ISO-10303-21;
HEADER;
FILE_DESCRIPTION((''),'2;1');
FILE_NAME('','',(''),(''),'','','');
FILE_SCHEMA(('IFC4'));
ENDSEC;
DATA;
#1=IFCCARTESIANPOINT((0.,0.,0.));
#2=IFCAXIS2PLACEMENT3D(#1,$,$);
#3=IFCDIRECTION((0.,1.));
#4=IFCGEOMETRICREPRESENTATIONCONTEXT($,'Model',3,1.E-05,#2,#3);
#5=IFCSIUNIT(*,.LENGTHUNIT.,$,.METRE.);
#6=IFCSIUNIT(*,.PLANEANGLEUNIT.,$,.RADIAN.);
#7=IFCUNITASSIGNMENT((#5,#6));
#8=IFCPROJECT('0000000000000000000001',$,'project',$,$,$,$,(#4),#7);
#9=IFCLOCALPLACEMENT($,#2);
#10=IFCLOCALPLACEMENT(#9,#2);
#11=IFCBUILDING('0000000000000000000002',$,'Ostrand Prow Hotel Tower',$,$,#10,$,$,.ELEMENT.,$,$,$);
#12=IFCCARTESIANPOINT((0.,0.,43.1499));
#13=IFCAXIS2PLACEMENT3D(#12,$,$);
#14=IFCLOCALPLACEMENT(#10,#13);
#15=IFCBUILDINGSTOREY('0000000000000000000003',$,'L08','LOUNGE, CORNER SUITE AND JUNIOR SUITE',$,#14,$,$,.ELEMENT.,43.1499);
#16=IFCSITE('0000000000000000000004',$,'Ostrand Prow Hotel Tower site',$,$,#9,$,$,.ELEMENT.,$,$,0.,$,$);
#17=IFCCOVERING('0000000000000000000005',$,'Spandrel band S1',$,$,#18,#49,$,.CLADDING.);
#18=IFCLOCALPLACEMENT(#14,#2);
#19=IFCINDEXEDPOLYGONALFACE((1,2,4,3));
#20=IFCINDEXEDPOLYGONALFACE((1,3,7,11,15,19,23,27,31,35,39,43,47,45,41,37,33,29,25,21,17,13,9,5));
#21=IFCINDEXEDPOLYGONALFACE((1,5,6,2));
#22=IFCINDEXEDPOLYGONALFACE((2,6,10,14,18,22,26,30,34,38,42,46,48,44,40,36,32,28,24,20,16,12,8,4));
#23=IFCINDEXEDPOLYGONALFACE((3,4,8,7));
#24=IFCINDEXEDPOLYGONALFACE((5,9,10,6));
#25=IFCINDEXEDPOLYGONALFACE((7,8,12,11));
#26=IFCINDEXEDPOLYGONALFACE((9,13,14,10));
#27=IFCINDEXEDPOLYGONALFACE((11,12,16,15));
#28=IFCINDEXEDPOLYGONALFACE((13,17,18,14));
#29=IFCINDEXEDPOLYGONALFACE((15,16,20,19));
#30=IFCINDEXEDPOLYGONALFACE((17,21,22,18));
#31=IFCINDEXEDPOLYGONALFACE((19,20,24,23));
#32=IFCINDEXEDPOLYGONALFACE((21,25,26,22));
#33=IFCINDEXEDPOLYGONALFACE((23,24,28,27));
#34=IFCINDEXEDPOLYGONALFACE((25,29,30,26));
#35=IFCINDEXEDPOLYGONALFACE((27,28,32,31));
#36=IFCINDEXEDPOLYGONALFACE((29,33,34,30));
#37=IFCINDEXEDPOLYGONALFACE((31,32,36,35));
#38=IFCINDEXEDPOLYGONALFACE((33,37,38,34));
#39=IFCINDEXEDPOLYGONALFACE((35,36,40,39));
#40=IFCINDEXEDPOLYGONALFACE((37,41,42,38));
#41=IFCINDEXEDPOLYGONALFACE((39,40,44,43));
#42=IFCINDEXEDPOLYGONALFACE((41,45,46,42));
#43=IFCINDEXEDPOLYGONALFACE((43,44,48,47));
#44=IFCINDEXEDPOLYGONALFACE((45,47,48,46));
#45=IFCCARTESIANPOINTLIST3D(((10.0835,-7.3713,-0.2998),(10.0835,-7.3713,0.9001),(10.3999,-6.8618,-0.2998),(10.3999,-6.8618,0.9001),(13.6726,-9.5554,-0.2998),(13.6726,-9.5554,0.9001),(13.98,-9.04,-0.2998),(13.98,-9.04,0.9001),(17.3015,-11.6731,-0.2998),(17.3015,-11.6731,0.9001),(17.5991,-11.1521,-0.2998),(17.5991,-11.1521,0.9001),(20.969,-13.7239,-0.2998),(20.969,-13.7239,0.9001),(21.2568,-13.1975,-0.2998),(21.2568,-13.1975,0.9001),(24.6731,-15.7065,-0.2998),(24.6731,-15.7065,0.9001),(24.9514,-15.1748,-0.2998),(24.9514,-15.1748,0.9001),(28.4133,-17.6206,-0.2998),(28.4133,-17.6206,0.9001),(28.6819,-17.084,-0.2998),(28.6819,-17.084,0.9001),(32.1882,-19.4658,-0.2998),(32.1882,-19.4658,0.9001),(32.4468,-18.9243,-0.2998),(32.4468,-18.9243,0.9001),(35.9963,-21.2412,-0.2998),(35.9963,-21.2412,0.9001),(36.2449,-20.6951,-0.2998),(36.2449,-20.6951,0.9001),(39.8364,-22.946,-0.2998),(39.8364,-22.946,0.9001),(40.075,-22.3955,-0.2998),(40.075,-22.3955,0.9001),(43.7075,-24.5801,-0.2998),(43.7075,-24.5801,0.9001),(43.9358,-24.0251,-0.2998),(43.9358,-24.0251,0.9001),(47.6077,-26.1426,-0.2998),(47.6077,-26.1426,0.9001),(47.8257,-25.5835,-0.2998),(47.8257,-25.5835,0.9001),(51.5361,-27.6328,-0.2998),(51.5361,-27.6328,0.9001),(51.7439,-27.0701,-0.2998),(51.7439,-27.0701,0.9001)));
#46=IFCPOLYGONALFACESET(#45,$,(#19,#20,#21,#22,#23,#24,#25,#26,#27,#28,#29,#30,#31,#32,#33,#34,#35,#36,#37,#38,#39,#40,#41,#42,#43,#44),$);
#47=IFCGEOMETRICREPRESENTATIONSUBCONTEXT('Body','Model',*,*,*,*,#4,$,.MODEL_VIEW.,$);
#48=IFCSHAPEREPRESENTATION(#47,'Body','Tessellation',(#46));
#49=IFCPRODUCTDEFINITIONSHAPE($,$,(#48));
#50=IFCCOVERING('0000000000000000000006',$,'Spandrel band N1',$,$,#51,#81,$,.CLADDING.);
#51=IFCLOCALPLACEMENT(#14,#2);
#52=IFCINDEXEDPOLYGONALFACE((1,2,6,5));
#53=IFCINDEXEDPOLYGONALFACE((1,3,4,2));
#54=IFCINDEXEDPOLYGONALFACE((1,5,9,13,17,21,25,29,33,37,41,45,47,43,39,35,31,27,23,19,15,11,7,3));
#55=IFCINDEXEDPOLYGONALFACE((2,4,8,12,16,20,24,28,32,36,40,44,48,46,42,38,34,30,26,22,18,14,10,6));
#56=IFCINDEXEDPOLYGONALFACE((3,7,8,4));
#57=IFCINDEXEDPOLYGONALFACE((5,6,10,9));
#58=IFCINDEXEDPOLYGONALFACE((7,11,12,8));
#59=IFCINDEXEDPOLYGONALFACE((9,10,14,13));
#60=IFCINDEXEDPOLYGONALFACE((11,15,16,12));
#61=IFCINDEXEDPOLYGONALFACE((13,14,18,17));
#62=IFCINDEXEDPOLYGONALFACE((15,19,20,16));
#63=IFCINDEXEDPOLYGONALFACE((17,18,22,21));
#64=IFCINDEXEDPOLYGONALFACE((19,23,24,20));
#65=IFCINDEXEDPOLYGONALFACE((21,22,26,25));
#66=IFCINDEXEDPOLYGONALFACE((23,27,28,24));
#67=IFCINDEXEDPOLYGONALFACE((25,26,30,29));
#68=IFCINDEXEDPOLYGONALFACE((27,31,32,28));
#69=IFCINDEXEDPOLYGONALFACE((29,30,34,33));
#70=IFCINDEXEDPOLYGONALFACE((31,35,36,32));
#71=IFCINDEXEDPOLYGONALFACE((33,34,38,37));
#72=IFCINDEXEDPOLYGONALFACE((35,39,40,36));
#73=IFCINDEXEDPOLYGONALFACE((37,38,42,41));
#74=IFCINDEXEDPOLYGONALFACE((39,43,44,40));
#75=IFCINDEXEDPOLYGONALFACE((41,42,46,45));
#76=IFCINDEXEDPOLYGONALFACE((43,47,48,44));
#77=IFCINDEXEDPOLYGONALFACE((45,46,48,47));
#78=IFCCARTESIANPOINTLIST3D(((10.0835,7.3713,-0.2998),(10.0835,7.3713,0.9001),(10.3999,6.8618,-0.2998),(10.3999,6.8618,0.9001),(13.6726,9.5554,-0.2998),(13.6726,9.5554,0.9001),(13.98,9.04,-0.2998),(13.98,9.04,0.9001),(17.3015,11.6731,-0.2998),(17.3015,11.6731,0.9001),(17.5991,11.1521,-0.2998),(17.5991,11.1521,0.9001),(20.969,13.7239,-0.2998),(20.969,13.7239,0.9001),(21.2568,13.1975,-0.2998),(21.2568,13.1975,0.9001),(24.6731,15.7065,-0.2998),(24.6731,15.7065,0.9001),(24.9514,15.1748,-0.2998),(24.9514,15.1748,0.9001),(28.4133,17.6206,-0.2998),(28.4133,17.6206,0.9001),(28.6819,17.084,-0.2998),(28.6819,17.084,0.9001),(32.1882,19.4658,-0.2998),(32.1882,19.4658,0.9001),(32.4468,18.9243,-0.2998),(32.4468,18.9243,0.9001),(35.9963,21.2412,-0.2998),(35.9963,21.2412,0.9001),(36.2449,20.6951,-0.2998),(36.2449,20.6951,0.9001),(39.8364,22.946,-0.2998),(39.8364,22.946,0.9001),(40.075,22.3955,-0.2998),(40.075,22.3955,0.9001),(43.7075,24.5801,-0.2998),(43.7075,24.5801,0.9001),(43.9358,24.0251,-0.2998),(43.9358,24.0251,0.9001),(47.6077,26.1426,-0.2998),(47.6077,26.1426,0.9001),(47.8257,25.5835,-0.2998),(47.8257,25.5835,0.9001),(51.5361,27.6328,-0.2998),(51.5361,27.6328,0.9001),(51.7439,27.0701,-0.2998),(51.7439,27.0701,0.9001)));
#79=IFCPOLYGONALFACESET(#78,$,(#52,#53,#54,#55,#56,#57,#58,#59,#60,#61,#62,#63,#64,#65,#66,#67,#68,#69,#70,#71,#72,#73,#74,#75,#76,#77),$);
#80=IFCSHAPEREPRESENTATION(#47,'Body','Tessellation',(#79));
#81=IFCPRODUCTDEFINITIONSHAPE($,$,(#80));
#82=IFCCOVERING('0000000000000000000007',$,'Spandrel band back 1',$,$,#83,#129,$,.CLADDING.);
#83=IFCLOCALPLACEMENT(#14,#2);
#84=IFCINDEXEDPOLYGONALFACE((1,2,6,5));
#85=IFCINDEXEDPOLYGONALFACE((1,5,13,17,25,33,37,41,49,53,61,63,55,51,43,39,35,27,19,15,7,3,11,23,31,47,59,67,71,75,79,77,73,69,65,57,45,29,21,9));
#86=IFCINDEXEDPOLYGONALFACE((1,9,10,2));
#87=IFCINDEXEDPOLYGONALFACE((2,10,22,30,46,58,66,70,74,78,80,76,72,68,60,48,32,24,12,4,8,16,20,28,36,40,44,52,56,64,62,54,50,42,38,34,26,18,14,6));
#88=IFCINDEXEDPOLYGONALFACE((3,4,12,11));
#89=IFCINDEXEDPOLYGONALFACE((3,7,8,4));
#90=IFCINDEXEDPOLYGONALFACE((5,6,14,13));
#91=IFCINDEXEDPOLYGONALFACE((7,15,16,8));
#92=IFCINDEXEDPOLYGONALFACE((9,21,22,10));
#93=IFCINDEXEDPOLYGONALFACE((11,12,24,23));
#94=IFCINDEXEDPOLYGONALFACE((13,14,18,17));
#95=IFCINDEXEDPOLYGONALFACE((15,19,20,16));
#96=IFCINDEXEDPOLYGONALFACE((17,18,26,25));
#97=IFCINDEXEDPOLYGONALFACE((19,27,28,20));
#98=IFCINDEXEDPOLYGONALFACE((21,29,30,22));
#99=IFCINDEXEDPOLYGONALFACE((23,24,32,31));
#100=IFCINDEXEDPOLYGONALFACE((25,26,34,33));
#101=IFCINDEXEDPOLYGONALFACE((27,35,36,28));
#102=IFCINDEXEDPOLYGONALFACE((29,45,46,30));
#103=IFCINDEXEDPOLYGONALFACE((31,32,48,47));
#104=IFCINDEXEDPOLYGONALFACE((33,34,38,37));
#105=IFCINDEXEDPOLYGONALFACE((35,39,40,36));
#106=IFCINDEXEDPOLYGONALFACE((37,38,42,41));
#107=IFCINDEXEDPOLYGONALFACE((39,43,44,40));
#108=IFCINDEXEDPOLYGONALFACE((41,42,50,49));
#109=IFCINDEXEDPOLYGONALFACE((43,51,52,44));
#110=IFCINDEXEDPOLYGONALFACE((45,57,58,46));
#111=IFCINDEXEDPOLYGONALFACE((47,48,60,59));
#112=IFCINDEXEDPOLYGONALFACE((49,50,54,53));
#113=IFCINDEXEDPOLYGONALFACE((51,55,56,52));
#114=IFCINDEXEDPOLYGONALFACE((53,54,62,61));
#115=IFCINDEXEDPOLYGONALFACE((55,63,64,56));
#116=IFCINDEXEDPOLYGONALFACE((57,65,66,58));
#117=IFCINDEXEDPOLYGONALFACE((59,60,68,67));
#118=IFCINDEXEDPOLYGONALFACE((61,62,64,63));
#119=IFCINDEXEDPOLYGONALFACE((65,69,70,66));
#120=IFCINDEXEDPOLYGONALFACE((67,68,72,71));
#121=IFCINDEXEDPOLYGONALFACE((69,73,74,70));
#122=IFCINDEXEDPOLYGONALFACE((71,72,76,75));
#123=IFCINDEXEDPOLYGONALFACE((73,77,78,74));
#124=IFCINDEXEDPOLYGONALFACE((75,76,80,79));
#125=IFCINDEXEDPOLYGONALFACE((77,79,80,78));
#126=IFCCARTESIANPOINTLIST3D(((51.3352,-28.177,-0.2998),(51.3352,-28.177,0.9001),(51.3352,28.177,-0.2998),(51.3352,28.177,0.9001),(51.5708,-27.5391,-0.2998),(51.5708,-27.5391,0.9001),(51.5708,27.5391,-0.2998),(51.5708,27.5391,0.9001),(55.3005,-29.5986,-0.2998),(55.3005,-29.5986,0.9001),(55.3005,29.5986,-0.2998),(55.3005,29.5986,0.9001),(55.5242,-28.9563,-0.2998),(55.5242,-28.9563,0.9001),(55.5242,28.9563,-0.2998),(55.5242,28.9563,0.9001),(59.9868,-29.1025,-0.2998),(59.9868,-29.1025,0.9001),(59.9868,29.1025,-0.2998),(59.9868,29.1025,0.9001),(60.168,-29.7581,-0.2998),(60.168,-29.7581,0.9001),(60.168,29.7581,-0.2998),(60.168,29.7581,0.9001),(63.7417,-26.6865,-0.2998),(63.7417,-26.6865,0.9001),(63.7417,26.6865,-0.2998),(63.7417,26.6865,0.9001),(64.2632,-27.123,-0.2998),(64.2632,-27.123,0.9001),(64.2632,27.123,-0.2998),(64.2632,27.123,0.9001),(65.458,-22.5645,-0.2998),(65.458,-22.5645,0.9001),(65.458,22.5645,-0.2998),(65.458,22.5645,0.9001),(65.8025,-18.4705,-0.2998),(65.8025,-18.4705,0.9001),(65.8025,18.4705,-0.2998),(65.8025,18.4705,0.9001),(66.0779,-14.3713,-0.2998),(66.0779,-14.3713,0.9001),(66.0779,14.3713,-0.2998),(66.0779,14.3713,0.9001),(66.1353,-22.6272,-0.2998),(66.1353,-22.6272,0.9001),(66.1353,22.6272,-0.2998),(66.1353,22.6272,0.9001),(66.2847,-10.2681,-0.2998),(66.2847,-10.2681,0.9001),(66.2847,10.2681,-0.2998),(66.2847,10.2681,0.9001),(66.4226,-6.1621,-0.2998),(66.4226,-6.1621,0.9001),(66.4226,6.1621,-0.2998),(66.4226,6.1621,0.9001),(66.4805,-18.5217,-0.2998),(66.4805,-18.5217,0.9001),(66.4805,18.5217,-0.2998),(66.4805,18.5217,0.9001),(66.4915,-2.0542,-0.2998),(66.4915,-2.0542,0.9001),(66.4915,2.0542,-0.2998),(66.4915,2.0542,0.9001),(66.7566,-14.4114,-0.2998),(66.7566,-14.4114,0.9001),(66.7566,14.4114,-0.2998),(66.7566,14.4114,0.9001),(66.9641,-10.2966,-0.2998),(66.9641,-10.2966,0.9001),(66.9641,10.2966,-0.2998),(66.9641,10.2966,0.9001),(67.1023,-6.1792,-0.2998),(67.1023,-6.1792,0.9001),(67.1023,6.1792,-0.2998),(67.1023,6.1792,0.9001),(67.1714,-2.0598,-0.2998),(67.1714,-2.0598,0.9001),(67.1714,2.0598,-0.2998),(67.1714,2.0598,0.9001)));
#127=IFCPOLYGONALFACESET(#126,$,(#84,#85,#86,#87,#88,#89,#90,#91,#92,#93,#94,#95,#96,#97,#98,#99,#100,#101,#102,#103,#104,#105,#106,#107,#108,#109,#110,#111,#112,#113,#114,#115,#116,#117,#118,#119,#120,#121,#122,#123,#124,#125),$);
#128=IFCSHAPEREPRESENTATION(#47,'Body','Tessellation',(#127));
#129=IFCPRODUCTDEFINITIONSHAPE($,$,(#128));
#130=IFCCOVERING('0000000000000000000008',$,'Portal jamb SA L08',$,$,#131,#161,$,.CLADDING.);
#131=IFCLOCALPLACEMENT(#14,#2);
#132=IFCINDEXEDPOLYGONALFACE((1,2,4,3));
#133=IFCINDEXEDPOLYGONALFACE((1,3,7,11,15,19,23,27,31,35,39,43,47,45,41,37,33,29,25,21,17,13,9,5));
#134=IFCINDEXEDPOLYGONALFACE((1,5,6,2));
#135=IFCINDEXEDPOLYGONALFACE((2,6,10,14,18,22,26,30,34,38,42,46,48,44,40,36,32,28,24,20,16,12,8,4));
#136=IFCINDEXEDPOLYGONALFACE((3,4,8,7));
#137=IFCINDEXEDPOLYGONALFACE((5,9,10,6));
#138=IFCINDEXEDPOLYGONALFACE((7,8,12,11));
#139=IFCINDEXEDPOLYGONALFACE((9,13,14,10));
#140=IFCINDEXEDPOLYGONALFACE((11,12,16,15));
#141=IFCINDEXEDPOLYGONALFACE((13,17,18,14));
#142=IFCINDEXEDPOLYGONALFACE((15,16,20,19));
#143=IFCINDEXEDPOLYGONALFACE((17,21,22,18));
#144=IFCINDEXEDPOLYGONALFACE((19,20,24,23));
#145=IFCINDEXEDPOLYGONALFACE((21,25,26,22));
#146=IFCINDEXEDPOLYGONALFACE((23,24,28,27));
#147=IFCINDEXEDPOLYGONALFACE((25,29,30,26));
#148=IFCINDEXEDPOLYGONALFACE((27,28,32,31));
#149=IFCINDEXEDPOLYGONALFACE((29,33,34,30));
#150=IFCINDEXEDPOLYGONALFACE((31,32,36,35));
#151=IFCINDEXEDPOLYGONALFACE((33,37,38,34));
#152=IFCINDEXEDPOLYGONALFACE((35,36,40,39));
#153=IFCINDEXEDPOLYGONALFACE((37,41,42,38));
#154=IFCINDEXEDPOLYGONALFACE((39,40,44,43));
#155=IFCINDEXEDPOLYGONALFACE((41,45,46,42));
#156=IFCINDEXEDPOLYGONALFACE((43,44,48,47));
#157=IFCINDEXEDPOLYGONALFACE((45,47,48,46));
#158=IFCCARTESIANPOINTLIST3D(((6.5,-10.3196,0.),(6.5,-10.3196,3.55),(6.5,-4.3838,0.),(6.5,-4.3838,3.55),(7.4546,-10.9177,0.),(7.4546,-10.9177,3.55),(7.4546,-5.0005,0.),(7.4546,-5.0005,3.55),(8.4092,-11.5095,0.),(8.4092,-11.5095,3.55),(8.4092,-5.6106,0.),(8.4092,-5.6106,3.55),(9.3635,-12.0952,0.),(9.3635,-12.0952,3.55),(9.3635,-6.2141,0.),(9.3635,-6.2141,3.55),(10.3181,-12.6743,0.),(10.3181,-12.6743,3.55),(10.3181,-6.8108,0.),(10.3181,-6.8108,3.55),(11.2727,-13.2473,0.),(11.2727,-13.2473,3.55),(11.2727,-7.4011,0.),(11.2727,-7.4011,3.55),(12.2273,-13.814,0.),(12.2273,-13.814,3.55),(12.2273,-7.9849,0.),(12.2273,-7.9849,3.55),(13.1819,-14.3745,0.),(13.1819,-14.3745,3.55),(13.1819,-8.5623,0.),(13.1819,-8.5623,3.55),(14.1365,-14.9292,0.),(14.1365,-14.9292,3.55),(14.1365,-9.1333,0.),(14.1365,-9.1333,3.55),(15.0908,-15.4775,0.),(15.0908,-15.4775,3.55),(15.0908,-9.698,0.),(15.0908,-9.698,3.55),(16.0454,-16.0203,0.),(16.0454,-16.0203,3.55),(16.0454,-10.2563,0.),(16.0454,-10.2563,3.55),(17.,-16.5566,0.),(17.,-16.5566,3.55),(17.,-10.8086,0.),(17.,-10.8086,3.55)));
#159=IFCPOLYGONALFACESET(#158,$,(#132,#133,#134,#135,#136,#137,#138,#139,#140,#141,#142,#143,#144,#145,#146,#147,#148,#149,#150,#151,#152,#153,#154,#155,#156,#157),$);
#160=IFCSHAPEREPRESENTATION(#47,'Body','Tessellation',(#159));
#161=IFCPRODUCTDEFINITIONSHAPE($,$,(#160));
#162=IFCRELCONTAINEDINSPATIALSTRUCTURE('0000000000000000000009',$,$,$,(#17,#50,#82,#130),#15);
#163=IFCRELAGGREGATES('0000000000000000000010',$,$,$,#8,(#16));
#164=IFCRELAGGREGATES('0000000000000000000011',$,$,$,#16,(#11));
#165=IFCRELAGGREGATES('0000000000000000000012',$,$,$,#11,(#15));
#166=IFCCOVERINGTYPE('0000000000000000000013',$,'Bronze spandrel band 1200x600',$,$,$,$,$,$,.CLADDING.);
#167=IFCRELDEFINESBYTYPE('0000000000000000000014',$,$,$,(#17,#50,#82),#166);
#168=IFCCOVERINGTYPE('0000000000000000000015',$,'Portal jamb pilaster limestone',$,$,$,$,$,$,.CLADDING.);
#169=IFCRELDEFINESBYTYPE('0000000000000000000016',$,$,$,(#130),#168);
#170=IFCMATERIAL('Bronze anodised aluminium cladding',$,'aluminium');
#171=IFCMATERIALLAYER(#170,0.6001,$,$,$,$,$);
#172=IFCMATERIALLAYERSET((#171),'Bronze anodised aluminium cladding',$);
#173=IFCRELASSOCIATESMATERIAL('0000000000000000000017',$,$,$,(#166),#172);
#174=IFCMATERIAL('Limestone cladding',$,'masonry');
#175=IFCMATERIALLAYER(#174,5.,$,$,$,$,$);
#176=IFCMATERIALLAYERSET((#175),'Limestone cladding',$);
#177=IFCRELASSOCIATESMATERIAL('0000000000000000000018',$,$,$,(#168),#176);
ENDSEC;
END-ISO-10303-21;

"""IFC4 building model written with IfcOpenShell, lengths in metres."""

from ifc_helpers import new_model, si_unit, direction, frame, origin, place, context, subcontext, project, spatial, polyline, outline, extrude, material, layer, layer_set, type_object, element, save


model = new_model("IFC4")

# Units and contexts
model_context = context("Model", 3, precision=1e-05, world=origin(), true_north=direction((0.0, 1.0)))
body_context = subcontext(model_context, "Body", "Model", "MODEL_VIEW")
ifc_project = project(units=[si_unit("LENGTHUNIT", "METRE"), si_unit("PLANEANGLEUNIT", "RADIAN")], contexts=[model_context])

# Site, building, storey
site_placement = place(None, origin())
site = spatial("IfcSite", under=ifc_project, at=site_placement, Name="Ostrand Prow Hotel Tower site", CompositionType="ELEMENT", RefElevation=0.0)
building_placement = place(site_placement, origin())
building = spatial("IfcBuilding", under=site, at=building_placement, Name="Ostrand Prow Hotel Tower", CompositionType="ELEMENT")
storey_placement = place(building_placement, frame((0.0, 0.0, 43.1499)))
storey = spatial("IfcBuildingStorey", under=building, at=storey_placement, Name="L08", Description="LOUNGE, CORNER SUITE AND JUNIOR SUITE", CompositionType="ELEMENT", Elevation=43.1499)

# Coverings
ifc_material_1 = material(Name="Bronze anodised aluminium cladding", Category="aluminium")
ifc_layer_1 = layer(ifc_material_1, 0.6001)
ifc_layer_set_1 = layer_set([ifc_layer_1], Name="Bronze anodised aluminium cladding")
covering_type_1 = type_object("IfcCoveringType", Name="Bronze spandrel band 1200x600", PredefinedType="CLADDING", material=ifc_layer_set_1)
covering_1_placement = place(storey_placement, frame((0.0, 0.0, -0.2998)))
element("IfcCovering", 1, at=covering_1_placement, inside=storey, type_object=covering_type_1, Name="Spandrel band S1", PredefinedType="CLADDING", context=body_context, shape_type="SweptSolid", body=[
    extrude(outline(polyline([(10.0835, -7.3713), (13.6726, -9.5554), (17.3015, -11.6731), (20.969, -13.7239), (24.6731, -15.7065), (28.4133, -17.6206), (32.1882, -19.4658), (35.9963, -21.2412), (39.8364, -22.946), (43.7075, -24.5801), (47.6077, -26.1426), (51.5361, -27.6328), (51.7439, -27.0701), (47.8257, -25.5835), (43.9358, -24.0251), (40.075, -22.3955), (36.2449, -20.6951), (32.4468, -18.9243), (28.6819, -17.084), (24.9514, -15.1748), (21.2568, -13.1975), (17.5991, -11.1521), (13.98, -9.04), (10.3999, -6.8618), (10.0835, -7.3713)])), origin(), (0.0, 0.0, 1.0), 1.2),
])
covering_2_placement = place(storey_placement, frame((0.0, 0.0, -0.2998)))
element("IfcCovering", 2, at=covering_2_placement, inside=storey, type_object=covering_type_1, Name="Spandrel band N1", PredefinedType="CLADDING", context=body_context, shape_type="SweptSolid", body=[
    extrude(outline(polyline([(51.5361, 27.6328), (47.6077, 26.1426), (43.7075, 24.5801), (39.8364, 22.946), (35.9963, 21.2412), (32.1882, 19.4658), (28.4133, 17.6206), (24.6731, 15.7065), (20.969, 13.7239), (17.3015, 11.6731), (13.6726, 9.5554), (10.0835, 7.3713), (10.3999, 6.8618), (13.98, 9.04), (17.5991, 11.1521), (21.2568, 13.1975), (24.9514, 15.1748), (28.6819, 17.084), (32.4468, 18.9243), (36.2449, 20.6951), (40.075, 22.3955), (43.9358, 24.0251), (47.8257, 25.5835), (51.7439, 27.0701), (51.5361, 27.6328)])), origin(), (0.0, 0.0, 1.0), 1.2),
])
covering_3_placement = place(storey_placement, frame((0.0, 0.0, -0.2998)))
element("IfcCovering", 3, at=covering_3_placement, inside=storey, type_object=covering_type_1, Name="Spandrel band back 1", PredefinedType="CLADDING", context=body_context, shape_type="SweptSolid", body=[
    extrude(outline(polyline([(51.3352, -28.177), (55.3005, -29.5986), (60.168, -29.7581), (64.2632, -27.123), (66.1353, -22.6272), (66.4805, -18.5217), (66.7566, -14.4114), (66.9641, -10.2966), (67.1023, -6.1792), (67.1714, -2.0598), (67.1714, 2.0598), (67.1023, 6.1792), (66.9641, 10.2966), (66.7566, 14.4114), (66.4805, 18.5217), (66.1353, 22.6272), (64.2632, 27.123), (60.168, 29.7581), (55.3005, 29.5986), (51.3352, 28.177), (51.5708, 27.5391), (55.5242, 28.9563), (59.9868, 29.1025), (63.7417, 26.6865), (65.458, 22.5645), (65.8025, 18.4705), (66.0779, 14.3713), (66.2847, 10.2681), (66.4226, 6.1621), (66.4915, 2.0542), (66.4915, -2.0542), (66.4226, -6.1621), (66.2847, -10.2681), (66.0779, -14.3713), (65.8025, -18.4705), (65.458, -22.5645), (63.7417, -26.6865), (59.9868, -29.1025), (55.5242, -28.9563), (51.5708, -27.5391), (51.3352, -28.177)])), origin(), (0.0, 0.0, 1.0), 1.2),
])
ifc_material_2 = material(Name="Limestone cladding", Category="masonry")
ifc_layer_2 = layer(ifc_material_2, 5.0)
ifc_layer_set_2 = layer_set([ifc_layer_2], Name="Limestone cladding")
covering_type_2 = type_object("IfcCoveringType", Name="Portal jamb pilaster limestone", PredefinedType="CLADDING", material=ifc_layer_set_2)
covering_4_placement = place(storey_placement, origin())
element("IfcCovering", 4, at=covering_4_placement, inside=storey, type_object=covering_type_2, Name="Portal jamb SA L08", PredefinedType="CLADDING", context=body_context, shape_type="SweptSolid", body=[
    extrude(outline(polyline([(6.5, -4.3838), (6.5, -10.3196), (7.4546, -10.9177), (8.4092, -11.5095), (9.3635, -12.0952), (10.3181, -12.6743), (11.2727, -13.2473), (12.2273, -13.814), (13.1819, -14.3745), (14.1365, -14.9292), (15.0908, -15.4775), (16.0454, -16.0203), (17.0, -16.5566), (17.0, -10.8086), (16.0454, -10.2563), (15.0908, -9.698), (14.1365, -9.1333), (13.1819, -8.5623), (12.2273, -7.9849), (11.2727, -7.4011), (10.3181, -6.8108), (9.3635, -6.2141), (8.4092, -5.6106), (7.4546, -5.0005), (6.5, -4.3838)])), origin(), (0.0, 0.0, 1.0), 3.55),
])

save(model, "model.ifc")
